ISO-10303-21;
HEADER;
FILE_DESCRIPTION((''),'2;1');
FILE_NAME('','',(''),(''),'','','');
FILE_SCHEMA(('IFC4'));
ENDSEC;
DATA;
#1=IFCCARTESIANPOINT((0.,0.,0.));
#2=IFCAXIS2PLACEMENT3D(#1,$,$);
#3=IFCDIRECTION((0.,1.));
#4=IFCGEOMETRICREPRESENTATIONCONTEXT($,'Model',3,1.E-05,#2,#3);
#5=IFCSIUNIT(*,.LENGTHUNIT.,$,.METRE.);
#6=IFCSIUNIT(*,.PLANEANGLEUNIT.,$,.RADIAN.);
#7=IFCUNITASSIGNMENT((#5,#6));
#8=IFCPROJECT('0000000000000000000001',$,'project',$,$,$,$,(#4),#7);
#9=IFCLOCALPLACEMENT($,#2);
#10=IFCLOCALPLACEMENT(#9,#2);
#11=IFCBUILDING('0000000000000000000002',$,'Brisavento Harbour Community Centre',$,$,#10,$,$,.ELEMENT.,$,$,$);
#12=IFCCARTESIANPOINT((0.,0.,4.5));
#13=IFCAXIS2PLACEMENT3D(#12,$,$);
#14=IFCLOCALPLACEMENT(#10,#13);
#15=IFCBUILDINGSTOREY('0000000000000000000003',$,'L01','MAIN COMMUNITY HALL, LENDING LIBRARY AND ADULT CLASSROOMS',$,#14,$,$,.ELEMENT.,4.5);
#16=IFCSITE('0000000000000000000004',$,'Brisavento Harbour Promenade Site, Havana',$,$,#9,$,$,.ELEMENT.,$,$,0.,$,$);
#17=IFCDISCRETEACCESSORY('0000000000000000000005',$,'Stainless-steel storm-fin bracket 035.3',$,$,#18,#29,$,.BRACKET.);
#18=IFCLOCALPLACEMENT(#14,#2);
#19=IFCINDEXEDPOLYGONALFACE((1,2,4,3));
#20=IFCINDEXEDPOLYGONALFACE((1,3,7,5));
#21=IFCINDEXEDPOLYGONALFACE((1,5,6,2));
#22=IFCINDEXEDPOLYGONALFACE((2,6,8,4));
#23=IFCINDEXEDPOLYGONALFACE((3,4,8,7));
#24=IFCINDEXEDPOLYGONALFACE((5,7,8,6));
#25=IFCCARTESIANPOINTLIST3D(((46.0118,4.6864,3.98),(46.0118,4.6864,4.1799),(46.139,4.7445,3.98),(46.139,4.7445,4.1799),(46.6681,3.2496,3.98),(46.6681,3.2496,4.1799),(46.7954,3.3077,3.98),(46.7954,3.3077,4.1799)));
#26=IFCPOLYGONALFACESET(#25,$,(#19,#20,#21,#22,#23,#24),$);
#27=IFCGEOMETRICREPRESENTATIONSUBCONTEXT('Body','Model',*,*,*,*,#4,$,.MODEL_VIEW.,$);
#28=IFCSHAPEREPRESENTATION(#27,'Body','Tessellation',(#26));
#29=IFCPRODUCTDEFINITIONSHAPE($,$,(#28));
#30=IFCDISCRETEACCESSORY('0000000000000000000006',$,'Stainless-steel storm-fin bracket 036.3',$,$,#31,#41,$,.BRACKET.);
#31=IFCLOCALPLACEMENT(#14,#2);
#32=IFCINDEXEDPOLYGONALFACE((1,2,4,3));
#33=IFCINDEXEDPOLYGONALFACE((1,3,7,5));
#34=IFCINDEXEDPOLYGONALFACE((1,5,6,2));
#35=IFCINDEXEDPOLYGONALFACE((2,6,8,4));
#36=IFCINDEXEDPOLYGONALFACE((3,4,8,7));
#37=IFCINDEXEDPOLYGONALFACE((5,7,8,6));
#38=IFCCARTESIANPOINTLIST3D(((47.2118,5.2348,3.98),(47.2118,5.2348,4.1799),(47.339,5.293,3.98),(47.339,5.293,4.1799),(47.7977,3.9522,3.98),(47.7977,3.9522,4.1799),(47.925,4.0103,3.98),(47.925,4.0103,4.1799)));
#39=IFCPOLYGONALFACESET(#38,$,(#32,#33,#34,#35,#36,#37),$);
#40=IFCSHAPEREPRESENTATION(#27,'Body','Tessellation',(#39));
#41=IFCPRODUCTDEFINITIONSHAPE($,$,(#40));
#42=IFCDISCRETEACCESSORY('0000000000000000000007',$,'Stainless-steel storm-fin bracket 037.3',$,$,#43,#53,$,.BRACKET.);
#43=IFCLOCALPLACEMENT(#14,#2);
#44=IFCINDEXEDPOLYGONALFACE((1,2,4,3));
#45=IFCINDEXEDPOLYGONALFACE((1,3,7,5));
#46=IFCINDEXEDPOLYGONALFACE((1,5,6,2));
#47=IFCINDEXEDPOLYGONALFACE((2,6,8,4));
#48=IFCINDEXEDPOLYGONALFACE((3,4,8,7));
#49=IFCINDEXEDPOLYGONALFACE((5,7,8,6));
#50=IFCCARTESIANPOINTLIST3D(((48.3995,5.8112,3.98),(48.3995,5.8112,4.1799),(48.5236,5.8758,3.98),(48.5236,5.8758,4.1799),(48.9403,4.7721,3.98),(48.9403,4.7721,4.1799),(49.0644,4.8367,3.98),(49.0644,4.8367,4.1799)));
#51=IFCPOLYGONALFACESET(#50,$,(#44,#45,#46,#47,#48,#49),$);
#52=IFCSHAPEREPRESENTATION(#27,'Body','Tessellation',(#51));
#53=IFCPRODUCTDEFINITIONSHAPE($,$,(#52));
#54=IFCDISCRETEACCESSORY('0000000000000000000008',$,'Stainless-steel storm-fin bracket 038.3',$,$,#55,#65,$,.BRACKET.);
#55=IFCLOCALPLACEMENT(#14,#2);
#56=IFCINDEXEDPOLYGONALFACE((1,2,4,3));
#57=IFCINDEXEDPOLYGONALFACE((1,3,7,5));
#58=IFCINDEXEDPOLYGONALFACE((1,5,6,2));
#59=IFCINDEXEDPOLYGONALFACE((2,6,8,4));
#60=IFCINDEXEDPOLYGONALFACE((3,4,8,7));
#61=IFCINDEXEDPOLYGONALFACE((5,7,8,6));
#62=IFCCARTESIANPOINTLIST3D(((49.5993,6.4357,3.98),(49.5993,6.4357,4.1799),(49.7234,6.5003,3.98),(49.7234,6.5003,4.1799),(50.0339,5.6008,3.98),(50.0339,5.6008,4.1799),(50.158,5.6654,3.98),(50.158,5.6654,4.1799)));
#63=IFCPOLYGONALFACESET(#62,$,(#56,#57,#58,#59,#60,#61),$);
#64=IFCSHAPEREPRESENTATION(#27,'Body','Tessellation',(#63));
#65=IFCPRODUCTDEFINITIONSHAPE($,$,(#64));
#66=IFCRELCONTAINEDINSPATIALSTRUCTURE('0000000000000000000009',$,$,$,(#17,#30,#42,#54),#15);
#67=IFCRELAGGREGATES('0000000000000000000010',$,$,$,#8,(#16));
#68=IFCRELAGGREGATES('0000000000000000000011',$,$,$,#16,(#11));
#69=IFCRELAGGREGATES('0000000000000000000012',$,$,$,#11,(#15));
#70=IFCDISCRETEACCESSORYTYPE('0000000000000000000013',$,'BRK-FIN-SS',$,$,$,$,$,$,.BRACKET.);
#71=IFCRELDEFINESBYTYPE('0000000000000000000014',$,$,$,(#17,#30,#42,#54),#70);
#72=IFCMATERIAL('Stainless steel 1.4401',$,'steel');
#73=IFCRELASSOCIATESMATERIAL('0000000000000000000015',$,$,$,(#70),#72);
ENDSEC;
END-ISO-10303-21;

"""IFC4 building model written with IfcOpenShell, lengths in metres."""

from ifc_helpers import new_model, si_unit, direction, frame, origin, origin_2d, place, context, subcontext, project, spatial, rectangle, extrude, material, type_object, element, save


model = new_model("IFC4")

# Units and contexts
model_context = context("Model", 3, precision=1e-05, world=origin(), true_north=direction((0.0, 1.0)))
body_context = subcontext(model_context, "Body", "Model", "MODEL_VIEW")
ifc_project = project(units=[si_unit("LENGTHUNIT", "METRE"), si_unit("PLANEANGLEUNIT", "RADIAN")], contexts=[model_context])

# Site, building, storey
site_placement = place(None, origin())
site = spatial("IfcSite", under=ifc_project, at=site_placement, Name="Brisavento Harbour Promenade Site, Havana", CompositionType="ELEMENT", RefElevation=0.0)
building_placement = place(site_placement, origin())
building = spatial("IfcBuilding", under=site, at=building_placement, Name="Brisavento Harbour Community Centre", CompositionType="ELEMENT")
storey_placement = place(building_placement, frame((0.0, 0.0, 4.5)))
storey = spatial("IfcBuildingStorey", under=building, at=storey_placement, Name="L01", Description="MAIN COMMUNITY HALL, LENDING LIBRARY AND ADULT CLASSROOMS", CompositionType="ELEMENT", Elevation=4.5)

# Discrete accessories
ifc_material_1 = material(Name="Stainless steel 1.4401", Category="steel")
discrete_accessory_type = type_object("IfcDiscreteAccessoryType", Name="BRK-FIN-SS", PredefinedType="BRACKET", material=ifc_material_1)
discrete_accessory_1_placement = place(storey_placement, frame((46.4036, 3.9971, 3.98), z_axis=(0.0, 0.0, 1.0), x_axis=(0.415519, -0.909585, 0.0)))
element("IfcDiscreteAccessory", 1, at=discrete_accessory_1_placement, inside=storey, type_object=discrete_accessory_type, Name="Stainless-steel storm-fin bracket 035.3", PredefinedType="BRACKET", context=body_context, shape_type="SweptSolid", body=[
    extrude(rectangle(XDim=1.5796, YDim=0.1399, at=origin_2d()), origin(), (0.0, 0.0, 1.0), 0.2),
])
discrete_accessory_2_placement = place(storey_placement, frame((47.5684, 4.6226, 3.98), z_axis=(0.0, 0.0, 1.0), x_axis=(0.415519, -0.909585, 0.0)))
element("IfcDiscreteAccessory", 2, at=discrete_accessory_2_placement, inside=storey, type_object=discrete_accessory_type, Name="Stainless-steel storm-fin bracket 036.3", PredefinedType="BRACKET", context=body_context, shape_type="SweptSolid", body=[
    extrude(rectangle(XDim=1.4102, YDim=0.1399, at=origin_2d()), origin(), (0.0, 0.0, 1.0), 0.2),
])
discrete_accessory_3_placement = place(storey_placement, frame((48.7319, 5.324, 3.98), z_axis=(0.0, 0.0, 1.0), x_axis=(0.461702, -0.887035, 0.0)))
element("IfcDiscreteAccessory", 3, at=discrete_accessory_3_placement, inside=storey, type_object=discrete_accessory_type, Name="Stainless-steel storm-fin bracket 037.3", PredefinedType="BRACKET", context=body_context, shape_type="SweptSolid", body=[
    extrude(rectangle(XDim=1.1714, YDim=0.1399, at=origin_2d()), origin(), (0.0, 0.0, 1.0), 0.2),
])
discrete_accessory_4_placement = place(storey_placement, frame((49.8787, 6.0505, 3.98), z_axis=(0.0, 0.0, 1.0), x_axis=(0.461702, -0.887035, 0.0)))
element("IfcDiscreteAccessory", 4, at=discrete_accessory_4_placement, inside=storey, type_object=discrete_accessory_type, Name="Stainless-steel storm-fin bracket 038.3", PredefinedType="BRACKET", context=body_context, shape_type="SweptSolid", body=[
    extrude(rectangle(XDim=0.9412, YDim=0.1399, at=origin_2d()), origin(), (0.0, 0.0, 1.0), 0.2),
])

save(model, "model.ifc")
